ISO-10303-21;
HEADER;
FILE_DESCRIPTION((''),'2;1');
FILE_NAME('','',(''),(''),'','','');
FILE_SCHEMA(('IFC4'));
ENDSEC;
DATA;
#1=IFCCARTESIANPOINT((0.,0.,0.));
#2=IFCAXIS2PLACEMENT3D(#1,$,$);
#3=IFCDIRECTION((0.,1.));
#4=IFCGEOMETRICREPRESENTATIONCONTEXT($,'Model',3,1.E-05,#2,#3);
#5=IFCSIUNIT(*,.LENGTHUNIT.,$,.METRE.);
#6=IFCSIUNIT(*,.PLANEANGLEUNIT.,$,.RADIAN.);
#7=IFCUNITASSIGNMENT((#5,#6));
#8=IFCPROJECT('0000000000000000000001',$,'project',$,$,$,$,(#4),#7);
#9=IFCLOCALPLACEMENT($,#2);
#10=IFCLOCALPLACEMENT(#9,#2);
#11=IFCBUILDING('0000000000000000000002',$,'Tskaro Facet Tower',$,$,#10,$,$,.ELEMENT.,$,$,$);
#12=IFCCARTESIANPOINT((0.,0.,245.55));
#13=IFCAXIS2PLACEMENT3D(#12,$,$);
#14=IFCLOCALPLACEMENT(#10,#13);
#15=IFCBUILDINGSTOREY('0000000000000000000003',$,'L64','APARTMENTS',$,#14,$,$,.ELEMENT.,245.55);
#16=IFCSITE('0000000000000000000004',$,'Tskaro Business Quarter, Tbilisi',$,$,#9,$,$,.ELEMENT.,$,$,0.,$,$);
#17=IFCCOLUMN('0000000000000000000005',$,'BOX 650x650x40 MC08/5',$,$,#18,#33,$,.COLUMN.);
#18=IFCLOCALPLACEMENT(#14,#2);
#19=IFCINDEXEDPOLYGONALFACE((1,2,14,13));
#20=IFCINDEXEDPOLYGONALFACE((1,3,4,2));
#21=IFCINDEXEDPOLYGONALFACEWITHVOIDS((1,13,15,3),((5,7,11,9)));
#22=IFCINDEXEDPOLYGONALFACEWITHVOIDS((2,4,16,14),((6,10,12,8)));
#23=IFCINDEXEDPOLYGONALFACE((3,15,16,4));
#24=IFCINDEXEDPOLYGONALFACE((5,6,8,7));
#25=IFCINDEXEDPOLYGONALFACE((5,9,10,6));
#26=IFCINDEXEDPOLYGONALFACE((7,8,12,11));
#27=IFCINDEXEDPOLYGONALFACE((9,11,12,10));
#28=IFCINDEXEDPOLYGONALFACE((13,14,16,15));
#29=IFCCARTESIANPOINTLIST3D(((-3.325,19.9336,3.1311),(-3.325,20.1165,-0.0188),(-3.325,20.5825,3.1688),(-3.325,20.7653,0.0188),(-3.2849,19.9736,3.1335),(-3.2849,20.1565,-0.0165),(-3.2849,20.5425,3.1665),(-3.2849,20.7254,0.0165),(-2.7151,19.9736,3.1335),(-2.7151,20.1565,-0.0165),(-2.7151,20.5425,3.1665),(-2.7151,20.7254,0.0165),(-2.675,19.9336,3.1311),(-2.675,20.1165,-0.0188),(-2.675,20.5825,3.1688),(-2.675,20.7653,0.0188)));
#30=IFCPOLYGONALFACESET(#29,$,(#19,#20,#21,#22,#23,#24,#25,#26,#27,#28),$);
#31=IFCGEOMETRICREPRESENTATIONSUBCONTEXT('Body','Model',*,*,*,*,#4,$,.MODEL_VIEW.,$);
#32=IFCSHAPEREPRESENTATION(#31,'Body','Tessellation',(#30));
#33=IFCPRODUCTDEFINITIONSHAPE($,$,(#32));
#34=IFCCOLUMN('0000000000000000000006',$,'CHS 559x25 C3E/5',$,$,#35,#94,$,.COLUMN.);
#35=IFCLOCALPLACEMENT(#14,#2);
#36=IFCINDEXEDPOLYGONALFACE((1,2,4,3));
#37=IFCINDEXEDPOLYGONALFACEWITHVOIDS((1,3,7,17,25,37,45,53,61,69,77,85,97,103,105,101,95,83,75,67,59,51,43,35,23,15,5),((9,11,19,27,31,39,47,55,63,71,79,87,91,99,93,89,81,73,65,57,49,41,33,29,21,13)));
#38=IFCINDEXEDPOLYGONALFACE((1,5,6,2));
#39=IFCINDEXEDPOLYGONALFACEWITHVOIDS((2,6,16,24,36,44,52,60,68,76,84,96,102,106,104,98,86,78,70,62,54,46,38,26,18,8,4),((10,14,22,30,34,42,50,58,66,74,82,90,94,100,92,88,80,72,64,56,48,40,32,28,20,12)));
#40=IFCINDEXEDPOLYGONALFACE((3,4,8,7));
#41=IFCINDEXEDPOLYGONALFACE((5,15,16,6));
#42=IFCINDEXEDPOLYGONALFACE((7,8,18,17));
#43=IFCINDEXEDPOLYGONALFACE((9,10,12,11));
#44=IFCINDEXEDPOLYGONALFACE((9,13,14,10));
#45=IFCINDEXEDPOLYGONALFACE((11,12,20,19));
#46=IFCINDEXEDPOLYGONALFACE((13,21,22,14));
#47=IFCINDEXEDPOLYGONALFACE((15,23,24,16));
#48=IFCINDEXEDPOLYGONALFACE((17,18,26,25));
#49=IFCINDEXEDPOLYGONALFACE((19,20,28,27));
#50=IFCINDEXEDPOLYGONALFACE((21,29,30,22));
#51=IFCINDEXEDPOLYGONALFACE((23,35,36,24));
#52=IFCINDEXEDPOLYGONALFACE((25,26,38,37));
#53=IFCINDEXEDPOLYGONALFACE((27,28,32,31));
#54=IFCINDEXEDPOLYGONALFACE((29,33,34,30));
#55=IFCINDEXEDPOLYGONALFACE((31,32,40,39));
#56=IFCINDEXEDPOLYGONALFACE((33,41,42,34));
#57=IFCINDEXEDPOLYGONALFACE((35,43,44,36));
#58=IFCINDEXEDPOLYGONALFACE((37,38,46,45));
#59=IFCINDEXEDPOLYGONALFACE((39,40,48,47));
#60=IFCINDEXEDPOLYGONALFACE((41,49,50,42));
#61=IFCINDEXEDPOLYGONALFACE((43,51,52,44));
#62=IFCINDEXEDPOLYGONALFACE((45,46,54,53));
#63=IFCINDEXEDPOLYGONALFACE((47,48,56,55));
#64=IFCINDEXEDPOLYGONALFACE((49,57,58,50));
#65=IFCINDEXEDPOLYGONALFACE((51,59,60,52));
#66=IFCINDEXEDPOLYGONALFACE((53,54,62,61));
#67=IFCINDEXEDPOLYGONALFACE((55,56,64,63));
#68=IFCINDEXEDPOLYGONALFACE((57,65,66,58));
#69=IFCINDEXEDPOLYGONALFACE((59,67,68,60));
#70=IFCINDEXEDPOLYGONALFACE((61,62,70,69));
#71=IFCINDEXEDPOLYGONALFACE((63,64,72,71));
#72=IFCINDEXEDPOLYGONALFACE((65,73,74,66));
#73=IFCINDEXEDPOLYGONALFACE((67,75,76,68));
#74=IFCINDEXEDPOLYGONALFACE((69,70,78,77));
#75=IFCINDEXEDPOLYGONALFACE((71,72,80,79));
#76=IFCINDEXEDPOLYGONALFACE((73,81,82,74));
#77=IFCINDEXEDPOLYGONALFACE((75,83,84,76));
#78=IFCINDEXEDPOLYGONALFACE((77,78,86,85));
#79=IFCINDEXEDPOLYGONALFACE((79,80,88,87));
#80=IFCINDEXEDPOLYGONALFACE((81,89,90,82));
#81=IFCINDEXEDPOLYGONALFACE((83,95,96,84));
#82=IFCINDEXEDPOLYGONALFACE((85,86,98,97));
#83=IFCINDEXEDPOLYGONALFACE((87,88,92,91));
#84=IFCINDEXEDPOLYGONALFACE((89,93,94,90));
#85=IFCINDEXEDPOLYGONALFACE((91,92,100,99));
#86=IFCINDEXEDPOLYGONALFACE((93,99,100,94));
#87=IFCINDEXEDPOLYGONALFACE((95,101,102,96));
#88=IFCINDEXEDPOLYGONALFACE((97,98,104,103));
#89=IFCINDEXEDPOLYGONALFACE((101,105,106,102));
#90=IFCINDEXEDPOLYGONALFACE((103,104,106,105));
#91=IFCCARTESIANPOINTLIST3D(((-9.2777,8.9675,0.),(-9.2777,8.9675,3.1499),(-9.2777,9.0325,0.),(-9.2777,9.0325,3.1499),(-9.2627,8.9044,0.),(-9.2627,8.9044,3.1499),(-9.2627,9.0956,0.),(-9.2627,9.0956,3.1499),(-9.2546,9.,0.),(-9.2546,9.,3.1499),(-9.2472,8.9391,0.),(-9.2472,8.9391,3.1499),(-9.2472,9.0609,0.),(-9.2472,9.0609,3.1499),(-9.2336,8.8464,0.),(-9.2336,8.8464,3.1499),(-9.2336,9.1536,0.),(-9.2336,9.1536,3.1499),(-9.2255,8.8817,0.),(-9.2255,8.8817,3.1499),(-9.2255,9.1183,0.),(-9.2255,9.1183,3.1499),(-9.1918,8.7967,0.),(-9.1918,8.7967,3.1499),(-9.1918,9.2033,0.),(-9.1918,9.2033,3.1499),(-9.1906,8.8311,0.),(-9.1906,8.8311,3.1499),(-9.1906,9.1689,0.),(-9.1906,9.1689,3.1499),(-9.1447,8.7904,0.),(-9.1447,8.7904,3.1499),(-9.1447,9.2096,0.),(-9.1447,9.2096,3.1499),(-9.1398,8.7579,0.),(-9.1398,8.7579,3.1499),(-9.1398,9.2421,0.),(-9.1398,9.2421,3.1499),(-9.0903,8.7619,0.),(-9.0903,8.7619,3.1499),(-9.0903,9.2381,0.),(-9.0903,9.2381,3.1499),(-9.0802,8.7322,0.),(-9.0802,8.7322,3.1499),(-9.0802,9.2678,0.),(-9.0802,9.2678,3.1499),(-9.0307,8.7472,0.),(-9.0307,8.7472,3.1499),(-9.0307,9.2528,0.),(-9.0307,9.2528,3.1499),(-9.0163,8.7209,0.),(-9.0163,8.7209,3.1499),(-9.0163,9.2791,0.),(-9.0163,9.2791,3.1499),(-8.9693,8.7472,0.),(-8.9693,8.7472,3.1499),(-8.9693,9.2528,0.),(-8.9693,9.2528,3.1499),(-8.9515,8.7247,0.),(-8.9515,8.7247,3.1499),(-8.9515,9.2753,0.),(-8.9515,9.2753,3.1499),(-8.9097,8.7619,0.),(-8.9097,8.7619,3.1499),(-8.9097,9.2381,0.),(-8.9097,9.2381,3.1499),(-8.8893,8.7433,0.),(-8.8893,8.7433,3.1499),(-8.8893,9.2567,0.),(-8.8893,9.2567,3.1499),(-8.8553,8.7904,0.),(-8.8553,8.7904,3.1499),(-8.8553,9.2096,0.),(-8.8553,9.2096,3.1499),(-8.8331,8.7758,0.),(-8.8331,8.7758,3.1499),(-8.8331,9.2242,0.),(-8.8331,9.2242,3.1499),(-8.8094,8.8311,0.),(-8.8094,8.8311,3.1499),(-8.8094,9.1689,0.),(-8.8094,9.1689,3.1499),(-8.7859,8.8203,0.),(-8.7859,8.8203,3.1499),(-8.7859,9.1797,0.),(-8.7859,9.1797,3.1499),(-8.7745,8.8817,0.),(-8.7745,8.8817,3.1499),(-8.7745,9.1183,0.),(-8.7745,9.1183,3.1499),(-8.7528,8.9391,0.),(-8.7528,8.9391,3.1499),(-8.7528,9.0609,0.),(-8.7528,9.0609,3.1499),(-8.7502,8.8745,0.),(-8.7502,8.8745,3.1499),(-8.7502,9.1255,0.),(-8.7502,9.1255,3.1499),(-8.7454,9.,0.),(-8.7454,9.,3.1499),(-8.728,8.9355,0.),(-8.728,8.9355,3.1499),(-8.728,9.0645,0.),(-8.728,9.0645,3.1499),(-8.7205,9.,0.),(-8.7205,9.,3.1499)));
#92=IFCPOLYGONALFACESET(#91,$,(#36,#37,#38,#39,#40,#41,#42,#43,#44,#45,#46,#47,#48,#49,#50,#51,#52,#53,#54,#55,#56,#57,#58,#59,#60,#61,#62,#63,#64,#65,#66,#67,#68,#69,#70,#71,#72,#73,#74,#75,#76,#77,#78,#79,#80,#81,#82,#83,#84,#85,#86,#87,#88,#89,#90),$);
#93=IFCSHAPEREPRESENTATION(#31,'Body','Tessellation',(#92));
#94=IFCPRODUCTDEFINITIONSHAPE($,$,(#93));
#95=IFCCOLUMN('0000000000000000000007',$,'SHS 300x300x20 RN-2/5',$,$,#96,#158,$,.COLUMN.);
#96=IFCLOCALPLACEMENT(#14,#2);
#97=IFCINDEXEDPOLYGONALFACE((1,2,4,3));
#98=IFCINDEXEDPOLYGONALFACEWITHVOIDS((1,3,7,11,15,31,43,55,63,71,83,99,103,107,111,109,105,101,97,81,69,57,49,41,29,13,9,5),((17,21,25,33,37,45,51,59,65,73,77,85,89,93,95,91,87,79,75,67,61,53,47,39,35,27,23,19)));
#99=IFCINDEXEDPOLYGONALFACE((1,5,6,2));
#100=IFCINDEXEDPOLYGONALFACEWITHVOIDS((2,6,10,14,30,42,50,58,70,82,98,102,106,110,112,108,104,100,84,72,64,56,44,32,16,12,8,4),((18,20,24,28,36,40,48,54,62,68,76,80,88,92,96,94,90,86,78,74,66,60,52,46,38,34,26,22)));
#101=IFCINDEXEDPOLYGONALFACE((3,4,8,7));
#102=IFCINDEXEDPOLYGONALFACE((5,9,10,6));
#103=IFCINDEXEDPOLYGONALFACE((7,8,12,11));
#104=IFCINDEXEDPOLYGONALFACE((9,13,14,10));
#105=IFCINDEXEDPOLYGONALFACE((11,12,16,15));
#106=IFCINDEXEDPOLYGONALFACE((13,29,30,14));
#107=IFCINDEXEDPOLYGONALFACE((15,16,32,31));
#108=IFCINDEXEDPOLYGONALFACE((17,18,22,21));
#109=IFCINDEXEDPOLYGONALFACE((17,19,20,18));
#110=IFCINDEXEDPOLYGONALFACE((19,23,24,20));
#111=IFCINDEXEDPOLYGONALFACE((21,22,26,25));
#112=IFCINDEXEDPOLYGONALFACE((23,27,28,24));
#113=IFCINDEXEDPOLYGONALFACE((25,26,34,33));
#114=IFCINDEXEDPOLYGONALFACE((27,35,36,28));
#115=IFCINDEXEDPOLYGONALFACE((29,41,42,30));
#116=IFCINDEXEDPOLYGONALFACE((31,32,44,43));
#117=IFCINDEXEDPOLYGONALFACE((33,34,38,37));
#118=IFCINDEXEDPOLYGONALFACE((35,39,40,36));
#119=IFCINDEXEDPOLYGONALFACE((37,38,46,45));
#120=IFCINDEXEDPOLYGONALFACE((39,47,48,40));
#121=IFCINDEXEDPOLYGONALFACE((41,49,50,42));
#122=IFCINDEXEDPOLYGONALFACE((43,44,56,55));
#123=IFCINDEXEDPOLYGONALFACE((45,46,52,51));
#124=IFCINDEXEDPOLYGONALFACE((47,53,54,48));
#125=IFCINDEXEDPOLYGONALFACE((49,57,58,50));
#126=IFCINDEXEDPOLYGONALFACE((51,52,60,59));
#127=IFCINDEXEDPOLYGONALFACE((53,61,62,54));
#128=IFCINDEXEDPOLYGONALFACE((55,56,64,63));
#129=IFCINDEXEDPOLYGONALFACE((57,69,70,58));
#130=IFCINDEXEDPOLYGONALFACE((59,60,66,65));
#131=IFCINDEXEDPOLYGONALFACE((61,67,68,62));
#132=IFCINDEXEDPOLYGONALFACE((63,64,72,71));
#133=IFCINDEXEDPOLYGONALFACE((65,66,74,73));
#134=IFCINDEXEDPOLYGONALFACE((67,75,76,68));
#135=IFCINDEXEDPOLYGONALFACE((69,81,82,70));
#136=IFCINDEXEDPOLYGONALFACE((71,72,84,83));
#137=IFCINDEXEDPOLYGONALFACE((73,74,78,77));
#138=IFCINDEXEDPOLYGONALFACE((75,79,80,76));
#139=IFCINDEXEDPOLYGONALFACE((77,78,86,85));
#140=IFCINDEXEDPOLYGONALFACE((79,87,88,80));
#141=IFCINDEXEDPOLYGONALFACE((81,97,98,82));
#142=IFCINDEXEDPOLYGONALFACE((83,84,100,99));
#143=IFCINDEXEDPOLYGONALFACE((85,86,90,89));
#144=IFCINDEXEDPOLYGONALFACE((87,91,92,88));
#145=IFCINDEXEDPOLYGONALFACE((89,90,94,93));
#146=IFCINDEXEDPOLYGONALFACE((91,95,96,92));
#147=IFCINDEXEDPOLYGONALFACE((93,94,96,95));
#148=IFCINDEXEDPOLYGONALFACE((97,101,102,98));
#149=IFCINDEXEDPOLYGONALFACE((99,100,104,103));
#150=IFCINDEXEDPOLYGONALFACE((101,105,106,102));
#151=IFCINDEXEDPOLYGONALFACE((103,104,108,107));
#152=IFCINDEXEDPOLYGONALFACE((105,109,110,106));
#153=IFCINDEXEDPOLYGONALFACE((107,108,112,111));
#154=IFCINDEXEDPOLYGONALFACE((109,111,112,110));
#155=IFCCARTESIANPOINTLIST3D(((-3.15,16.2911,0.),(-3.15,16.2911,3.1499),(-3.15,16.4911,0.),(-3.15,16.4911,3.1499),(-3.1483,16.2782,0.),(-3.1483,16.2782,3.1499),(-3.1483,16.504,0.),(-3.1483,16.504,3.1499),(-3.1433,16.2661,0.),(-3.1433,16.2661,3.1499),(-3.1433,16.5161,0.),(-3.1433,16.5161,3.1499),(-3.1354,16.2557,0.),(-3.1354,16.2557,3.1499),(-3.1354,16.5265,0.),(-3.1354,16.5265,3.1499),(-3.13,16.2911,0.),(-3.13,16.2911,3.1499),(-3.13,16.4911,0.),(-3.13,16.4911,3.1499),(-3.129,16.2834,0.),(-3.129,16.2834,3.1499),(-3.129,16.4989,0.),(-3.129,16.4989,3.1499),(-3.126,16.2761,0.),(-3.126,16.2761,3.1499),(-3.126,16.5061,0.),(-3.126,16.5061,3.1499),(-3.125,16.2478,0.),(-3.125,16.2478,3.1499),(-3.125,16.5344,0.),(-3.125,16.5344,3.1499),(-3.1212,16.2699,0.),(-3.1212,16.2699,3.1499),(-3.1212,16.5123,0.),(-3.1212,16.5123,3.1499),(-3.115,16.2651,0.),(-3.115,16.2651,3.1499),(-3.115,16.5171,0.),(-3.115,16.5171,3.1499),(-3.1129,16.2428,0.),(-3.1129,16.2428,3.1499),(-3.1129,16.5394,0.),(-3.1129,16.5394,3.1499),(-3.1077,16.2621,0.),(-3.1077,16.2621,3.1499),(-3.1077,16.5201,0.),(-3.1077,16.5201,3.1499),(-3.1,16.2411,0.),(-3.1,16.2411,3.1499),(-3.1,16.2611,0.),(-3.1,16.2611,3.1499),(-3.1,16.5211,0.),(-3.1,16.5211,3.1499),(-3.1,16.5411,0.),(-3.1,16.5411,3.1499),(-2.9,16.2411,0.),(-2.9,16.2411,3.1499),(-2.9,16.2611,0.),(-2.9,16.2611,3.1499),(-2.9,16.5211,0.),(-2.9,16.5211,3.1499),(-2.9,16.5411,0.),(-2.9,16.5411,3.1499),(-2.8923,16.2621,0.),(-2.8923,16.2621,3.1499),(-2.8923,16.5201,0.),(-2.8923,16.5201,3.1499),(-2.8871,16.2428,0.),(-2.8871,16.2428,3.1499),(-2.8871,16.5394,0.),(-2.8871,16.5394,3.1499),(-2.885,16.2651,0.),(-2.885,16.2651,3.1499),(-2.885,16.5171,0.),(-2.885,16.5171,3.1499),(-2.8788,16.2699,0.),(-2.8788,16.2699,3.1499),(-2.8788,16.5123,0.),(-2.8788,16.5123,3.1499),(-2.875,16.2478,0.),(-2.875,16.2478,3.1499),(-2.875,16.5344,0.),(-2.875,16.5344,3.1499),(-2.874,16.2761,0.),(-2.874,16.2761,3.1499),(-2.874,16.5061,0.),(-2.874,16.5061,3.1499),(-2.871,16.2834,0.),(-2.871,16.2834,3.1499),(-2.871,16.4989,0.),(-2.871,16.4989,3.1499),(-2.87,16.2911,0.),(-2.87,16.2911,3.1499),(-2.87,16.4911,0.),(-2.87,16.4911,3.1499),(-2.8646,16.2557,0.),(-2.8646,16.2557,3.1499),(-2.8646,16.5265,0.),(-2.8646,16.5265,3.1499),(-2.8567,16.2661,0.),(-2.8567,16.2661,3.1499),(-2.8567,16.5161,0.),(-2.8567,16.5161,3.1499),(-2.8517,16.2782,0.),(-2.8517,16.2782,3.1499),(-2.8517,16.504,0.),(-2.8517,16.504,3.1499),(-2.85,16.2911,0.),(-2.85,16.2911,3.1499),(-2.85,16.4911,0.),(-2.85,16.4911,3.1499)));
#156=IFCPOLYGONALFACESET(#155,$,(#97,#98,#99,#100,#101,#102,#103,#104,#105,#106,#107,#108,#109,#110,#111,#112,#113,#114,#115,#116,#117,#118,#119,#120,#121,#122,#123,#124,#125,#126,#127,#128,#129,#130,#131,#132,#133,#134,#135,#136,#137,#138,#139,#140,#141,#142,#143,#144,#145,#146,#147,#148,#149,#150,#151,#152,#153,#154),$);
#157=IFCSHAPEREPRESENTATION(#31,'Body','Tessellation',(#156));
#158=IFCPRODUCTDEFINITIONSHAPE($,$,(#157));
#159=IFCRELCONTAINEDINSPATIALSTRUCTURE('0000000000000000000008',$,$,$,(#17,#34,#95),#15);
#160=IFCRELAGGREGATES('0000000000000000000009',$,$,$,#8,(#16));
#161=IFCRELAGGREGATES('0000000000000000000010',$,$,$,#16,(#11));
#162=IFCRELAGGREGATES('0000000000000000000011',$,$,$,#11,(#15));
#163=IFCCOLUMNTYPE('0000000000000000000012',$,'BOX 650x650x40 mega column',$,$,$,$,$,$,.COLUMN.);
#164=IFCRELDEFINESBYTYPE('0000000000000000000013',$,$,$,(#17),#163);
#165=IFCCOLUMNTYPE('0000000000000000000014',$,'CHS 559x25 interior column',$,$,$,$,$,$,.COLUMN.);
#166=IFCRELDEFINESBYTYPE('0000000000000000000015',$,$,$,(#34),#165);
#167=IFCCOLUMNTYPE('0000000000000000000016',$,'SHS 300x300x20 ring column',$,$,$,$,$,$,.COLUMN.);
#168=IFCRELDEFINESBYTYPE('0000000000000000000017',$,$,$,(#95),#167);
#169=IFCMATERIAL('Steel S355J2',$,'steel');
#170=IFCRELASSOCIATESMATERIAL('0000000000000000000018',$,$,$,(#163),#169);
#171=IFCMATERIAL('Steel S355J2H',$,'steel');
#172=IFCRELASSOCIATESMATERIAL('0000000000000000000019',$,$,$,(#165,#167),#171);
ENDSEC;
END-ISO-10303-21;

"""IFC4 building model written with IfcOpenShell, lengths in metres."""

from ifc_helpers import new_model, si_unit, direction, frame, origin, origin_2d, place, context, subcontext, project, spatial, hollow_rectangle, hollow_circle, extrude, material, material_profile, profile_set, type_object, element, save


model = new_model("IFC4")

# Units and contexts
model_context = context("Model", 3, precision=1e-05, world=origin(), true_north=direction((0.0, 1.0)))
body_context = subcontext(model_context, "Body", "Model", "MODEL_VIEW")
ifc_project = project(units=[si_unit("LENGTHUNIT", "METRE"), si_unit("PLANEANGLEUNIT", "RADIAN")], contexts=[model_context])

# Site, building, storey
site_placement = place(None, origin())
site = spatial("IfcSite", under=ifc_project, at=site_placement, Name="Tskaro Business Quarter, Tbilisi", CompositionType="ELEMENT", RefElevation=0.0)
building_placement = place(site_placement, origin())
building = spatial("IfcBuilding", under=site, at=building_placement, Name="Tskaro Facet Tower", CompositionType="ELEMENT")
storey_placement = place(building_placement, frame((0.0, 0.0, 245.55)))
storey = spatial("IfcBuildingStorey", under=building, at=storey_placement, Name="L64", Description="APARTMENTS", CompositionType="ELEMENT", Elevation=245.55)

# Columns
ifc_material_1 = material(Name="Steel S355J2", Category="steel")
ifc_material_profile_1 = material_profile(ifc_material_1, hollow_rectangle(XDim=0.6499, YDim=0.6499, WallThickness=0.04, at=origin_2d()), Name="BOX 650x650x40")
ifc_profile_set_1 = profile_set([ifc_material_profile_1], Name="Steel S355J2")
column_type_1 = type_object("IfcColumnType", Name="BOX 650x650x40 mega column", PredefinedType="COLUMN", material=ifc_profile_set_1)
column_1_placement = place(storey_placement, frame((-3.0, 20.4409, 0.0), z_axis=(0.0, -0.057955, 0.998319), x_axis=(1.0, 0.0, 0.0)))
element("IfcColumn", 1, at=column_1_placement, inside=storey, type_object=column_type_1, Name="BOX 650x650x40 MC08/5", PredefinedType="COLUMN", context=body_context, shape_type="SweptSolid", body=[
    extrude(hollow_rectangle(XDim=0.6499, YDim=0.6499, WallThickness=0.04, at=origin_2d()), origin(), (0.0, 0.0, 1.0), 3.1553),
])
ifc_material_2 = material(Name="Steel S355J2H", Category="steel")
ifc_material_profile_2 = material_profile(ifc_material_2, hollow_circle(Radius=0.2795, WallThickness=0.0249, at=origin_2d()), Name="CHS 559x25")
ifc_profile_set_2 = profile_set([ifc_material_profile_2], Name="Steel S355J2H")
column_type_2 = type_object("IfcColumnType", Name="CHS 559x25 interior column", PredefinedType="COLUMN", material=ifc_profile_set_2)
column_2_placement = place(storey_placement, frame((-9.0, 9.0, 0.0), z_axis=(0.0, 0.0, 1.0), x_axis=(1.0, 0.0, 0.0)))
element("IfcColumn", 2, at=column_2_placement, inside=storey, type_object=column_type_2, Name="CHS 559x25 C3E/5", PredefinedType="COLUMN", context=body_context, shape_type="SweptSolid", body=[
    extrude(hollow_circle(Radius=0.2795, WallThickness=0.0249, at=origin_2d()), origin(), (0.0, 0.0, 1.0), 3.1499),
])
ifc_material_profile_3 = material_profile(ifc_material_2, hollow_rectangle(XDim=0.3, YDim=0.3, WallThickness=0.02, InnerFilletRadius=0.03, OuterFilletRadius=0.05, at=origin_2d()), Name="SHS 300x300x20")
ifc_profile_set_3 = profile_set([ifc_material_profile_3], Name="Steel S355J2H")
column_type_3 = type_object("IfcColumnType", Name="SHS 300x300x20 ring column", PredefinedType="COLUMN", material=ifc_profile_set_3)
column_3_placement = place(storey_placement, frame((-3.0, 16.3911, 0.0), z_axis=(0.0, 0.0, 1.0), x_axis=(1.0, 0.0, 0.0)))
element("IfcColumn", 3, at=column_3_placement, inside=storey, type_object=column_type_3, Name="SHS 300x300x20 RN-2/5", PredefinedType="COLUMN", context=body_context, shape_type="SweptSolid", body=[
    extrude(hollow_rectangle(XDim=0.3, YDim=0.3, WallThickness=0.02, InnerFilletRadius=0.03, OuterFilletRadius=0.05, at=origin_2d()), origin(), (0.0, 0.0, 1.0), 3.1499),
])

save(model, "model.ifc")
